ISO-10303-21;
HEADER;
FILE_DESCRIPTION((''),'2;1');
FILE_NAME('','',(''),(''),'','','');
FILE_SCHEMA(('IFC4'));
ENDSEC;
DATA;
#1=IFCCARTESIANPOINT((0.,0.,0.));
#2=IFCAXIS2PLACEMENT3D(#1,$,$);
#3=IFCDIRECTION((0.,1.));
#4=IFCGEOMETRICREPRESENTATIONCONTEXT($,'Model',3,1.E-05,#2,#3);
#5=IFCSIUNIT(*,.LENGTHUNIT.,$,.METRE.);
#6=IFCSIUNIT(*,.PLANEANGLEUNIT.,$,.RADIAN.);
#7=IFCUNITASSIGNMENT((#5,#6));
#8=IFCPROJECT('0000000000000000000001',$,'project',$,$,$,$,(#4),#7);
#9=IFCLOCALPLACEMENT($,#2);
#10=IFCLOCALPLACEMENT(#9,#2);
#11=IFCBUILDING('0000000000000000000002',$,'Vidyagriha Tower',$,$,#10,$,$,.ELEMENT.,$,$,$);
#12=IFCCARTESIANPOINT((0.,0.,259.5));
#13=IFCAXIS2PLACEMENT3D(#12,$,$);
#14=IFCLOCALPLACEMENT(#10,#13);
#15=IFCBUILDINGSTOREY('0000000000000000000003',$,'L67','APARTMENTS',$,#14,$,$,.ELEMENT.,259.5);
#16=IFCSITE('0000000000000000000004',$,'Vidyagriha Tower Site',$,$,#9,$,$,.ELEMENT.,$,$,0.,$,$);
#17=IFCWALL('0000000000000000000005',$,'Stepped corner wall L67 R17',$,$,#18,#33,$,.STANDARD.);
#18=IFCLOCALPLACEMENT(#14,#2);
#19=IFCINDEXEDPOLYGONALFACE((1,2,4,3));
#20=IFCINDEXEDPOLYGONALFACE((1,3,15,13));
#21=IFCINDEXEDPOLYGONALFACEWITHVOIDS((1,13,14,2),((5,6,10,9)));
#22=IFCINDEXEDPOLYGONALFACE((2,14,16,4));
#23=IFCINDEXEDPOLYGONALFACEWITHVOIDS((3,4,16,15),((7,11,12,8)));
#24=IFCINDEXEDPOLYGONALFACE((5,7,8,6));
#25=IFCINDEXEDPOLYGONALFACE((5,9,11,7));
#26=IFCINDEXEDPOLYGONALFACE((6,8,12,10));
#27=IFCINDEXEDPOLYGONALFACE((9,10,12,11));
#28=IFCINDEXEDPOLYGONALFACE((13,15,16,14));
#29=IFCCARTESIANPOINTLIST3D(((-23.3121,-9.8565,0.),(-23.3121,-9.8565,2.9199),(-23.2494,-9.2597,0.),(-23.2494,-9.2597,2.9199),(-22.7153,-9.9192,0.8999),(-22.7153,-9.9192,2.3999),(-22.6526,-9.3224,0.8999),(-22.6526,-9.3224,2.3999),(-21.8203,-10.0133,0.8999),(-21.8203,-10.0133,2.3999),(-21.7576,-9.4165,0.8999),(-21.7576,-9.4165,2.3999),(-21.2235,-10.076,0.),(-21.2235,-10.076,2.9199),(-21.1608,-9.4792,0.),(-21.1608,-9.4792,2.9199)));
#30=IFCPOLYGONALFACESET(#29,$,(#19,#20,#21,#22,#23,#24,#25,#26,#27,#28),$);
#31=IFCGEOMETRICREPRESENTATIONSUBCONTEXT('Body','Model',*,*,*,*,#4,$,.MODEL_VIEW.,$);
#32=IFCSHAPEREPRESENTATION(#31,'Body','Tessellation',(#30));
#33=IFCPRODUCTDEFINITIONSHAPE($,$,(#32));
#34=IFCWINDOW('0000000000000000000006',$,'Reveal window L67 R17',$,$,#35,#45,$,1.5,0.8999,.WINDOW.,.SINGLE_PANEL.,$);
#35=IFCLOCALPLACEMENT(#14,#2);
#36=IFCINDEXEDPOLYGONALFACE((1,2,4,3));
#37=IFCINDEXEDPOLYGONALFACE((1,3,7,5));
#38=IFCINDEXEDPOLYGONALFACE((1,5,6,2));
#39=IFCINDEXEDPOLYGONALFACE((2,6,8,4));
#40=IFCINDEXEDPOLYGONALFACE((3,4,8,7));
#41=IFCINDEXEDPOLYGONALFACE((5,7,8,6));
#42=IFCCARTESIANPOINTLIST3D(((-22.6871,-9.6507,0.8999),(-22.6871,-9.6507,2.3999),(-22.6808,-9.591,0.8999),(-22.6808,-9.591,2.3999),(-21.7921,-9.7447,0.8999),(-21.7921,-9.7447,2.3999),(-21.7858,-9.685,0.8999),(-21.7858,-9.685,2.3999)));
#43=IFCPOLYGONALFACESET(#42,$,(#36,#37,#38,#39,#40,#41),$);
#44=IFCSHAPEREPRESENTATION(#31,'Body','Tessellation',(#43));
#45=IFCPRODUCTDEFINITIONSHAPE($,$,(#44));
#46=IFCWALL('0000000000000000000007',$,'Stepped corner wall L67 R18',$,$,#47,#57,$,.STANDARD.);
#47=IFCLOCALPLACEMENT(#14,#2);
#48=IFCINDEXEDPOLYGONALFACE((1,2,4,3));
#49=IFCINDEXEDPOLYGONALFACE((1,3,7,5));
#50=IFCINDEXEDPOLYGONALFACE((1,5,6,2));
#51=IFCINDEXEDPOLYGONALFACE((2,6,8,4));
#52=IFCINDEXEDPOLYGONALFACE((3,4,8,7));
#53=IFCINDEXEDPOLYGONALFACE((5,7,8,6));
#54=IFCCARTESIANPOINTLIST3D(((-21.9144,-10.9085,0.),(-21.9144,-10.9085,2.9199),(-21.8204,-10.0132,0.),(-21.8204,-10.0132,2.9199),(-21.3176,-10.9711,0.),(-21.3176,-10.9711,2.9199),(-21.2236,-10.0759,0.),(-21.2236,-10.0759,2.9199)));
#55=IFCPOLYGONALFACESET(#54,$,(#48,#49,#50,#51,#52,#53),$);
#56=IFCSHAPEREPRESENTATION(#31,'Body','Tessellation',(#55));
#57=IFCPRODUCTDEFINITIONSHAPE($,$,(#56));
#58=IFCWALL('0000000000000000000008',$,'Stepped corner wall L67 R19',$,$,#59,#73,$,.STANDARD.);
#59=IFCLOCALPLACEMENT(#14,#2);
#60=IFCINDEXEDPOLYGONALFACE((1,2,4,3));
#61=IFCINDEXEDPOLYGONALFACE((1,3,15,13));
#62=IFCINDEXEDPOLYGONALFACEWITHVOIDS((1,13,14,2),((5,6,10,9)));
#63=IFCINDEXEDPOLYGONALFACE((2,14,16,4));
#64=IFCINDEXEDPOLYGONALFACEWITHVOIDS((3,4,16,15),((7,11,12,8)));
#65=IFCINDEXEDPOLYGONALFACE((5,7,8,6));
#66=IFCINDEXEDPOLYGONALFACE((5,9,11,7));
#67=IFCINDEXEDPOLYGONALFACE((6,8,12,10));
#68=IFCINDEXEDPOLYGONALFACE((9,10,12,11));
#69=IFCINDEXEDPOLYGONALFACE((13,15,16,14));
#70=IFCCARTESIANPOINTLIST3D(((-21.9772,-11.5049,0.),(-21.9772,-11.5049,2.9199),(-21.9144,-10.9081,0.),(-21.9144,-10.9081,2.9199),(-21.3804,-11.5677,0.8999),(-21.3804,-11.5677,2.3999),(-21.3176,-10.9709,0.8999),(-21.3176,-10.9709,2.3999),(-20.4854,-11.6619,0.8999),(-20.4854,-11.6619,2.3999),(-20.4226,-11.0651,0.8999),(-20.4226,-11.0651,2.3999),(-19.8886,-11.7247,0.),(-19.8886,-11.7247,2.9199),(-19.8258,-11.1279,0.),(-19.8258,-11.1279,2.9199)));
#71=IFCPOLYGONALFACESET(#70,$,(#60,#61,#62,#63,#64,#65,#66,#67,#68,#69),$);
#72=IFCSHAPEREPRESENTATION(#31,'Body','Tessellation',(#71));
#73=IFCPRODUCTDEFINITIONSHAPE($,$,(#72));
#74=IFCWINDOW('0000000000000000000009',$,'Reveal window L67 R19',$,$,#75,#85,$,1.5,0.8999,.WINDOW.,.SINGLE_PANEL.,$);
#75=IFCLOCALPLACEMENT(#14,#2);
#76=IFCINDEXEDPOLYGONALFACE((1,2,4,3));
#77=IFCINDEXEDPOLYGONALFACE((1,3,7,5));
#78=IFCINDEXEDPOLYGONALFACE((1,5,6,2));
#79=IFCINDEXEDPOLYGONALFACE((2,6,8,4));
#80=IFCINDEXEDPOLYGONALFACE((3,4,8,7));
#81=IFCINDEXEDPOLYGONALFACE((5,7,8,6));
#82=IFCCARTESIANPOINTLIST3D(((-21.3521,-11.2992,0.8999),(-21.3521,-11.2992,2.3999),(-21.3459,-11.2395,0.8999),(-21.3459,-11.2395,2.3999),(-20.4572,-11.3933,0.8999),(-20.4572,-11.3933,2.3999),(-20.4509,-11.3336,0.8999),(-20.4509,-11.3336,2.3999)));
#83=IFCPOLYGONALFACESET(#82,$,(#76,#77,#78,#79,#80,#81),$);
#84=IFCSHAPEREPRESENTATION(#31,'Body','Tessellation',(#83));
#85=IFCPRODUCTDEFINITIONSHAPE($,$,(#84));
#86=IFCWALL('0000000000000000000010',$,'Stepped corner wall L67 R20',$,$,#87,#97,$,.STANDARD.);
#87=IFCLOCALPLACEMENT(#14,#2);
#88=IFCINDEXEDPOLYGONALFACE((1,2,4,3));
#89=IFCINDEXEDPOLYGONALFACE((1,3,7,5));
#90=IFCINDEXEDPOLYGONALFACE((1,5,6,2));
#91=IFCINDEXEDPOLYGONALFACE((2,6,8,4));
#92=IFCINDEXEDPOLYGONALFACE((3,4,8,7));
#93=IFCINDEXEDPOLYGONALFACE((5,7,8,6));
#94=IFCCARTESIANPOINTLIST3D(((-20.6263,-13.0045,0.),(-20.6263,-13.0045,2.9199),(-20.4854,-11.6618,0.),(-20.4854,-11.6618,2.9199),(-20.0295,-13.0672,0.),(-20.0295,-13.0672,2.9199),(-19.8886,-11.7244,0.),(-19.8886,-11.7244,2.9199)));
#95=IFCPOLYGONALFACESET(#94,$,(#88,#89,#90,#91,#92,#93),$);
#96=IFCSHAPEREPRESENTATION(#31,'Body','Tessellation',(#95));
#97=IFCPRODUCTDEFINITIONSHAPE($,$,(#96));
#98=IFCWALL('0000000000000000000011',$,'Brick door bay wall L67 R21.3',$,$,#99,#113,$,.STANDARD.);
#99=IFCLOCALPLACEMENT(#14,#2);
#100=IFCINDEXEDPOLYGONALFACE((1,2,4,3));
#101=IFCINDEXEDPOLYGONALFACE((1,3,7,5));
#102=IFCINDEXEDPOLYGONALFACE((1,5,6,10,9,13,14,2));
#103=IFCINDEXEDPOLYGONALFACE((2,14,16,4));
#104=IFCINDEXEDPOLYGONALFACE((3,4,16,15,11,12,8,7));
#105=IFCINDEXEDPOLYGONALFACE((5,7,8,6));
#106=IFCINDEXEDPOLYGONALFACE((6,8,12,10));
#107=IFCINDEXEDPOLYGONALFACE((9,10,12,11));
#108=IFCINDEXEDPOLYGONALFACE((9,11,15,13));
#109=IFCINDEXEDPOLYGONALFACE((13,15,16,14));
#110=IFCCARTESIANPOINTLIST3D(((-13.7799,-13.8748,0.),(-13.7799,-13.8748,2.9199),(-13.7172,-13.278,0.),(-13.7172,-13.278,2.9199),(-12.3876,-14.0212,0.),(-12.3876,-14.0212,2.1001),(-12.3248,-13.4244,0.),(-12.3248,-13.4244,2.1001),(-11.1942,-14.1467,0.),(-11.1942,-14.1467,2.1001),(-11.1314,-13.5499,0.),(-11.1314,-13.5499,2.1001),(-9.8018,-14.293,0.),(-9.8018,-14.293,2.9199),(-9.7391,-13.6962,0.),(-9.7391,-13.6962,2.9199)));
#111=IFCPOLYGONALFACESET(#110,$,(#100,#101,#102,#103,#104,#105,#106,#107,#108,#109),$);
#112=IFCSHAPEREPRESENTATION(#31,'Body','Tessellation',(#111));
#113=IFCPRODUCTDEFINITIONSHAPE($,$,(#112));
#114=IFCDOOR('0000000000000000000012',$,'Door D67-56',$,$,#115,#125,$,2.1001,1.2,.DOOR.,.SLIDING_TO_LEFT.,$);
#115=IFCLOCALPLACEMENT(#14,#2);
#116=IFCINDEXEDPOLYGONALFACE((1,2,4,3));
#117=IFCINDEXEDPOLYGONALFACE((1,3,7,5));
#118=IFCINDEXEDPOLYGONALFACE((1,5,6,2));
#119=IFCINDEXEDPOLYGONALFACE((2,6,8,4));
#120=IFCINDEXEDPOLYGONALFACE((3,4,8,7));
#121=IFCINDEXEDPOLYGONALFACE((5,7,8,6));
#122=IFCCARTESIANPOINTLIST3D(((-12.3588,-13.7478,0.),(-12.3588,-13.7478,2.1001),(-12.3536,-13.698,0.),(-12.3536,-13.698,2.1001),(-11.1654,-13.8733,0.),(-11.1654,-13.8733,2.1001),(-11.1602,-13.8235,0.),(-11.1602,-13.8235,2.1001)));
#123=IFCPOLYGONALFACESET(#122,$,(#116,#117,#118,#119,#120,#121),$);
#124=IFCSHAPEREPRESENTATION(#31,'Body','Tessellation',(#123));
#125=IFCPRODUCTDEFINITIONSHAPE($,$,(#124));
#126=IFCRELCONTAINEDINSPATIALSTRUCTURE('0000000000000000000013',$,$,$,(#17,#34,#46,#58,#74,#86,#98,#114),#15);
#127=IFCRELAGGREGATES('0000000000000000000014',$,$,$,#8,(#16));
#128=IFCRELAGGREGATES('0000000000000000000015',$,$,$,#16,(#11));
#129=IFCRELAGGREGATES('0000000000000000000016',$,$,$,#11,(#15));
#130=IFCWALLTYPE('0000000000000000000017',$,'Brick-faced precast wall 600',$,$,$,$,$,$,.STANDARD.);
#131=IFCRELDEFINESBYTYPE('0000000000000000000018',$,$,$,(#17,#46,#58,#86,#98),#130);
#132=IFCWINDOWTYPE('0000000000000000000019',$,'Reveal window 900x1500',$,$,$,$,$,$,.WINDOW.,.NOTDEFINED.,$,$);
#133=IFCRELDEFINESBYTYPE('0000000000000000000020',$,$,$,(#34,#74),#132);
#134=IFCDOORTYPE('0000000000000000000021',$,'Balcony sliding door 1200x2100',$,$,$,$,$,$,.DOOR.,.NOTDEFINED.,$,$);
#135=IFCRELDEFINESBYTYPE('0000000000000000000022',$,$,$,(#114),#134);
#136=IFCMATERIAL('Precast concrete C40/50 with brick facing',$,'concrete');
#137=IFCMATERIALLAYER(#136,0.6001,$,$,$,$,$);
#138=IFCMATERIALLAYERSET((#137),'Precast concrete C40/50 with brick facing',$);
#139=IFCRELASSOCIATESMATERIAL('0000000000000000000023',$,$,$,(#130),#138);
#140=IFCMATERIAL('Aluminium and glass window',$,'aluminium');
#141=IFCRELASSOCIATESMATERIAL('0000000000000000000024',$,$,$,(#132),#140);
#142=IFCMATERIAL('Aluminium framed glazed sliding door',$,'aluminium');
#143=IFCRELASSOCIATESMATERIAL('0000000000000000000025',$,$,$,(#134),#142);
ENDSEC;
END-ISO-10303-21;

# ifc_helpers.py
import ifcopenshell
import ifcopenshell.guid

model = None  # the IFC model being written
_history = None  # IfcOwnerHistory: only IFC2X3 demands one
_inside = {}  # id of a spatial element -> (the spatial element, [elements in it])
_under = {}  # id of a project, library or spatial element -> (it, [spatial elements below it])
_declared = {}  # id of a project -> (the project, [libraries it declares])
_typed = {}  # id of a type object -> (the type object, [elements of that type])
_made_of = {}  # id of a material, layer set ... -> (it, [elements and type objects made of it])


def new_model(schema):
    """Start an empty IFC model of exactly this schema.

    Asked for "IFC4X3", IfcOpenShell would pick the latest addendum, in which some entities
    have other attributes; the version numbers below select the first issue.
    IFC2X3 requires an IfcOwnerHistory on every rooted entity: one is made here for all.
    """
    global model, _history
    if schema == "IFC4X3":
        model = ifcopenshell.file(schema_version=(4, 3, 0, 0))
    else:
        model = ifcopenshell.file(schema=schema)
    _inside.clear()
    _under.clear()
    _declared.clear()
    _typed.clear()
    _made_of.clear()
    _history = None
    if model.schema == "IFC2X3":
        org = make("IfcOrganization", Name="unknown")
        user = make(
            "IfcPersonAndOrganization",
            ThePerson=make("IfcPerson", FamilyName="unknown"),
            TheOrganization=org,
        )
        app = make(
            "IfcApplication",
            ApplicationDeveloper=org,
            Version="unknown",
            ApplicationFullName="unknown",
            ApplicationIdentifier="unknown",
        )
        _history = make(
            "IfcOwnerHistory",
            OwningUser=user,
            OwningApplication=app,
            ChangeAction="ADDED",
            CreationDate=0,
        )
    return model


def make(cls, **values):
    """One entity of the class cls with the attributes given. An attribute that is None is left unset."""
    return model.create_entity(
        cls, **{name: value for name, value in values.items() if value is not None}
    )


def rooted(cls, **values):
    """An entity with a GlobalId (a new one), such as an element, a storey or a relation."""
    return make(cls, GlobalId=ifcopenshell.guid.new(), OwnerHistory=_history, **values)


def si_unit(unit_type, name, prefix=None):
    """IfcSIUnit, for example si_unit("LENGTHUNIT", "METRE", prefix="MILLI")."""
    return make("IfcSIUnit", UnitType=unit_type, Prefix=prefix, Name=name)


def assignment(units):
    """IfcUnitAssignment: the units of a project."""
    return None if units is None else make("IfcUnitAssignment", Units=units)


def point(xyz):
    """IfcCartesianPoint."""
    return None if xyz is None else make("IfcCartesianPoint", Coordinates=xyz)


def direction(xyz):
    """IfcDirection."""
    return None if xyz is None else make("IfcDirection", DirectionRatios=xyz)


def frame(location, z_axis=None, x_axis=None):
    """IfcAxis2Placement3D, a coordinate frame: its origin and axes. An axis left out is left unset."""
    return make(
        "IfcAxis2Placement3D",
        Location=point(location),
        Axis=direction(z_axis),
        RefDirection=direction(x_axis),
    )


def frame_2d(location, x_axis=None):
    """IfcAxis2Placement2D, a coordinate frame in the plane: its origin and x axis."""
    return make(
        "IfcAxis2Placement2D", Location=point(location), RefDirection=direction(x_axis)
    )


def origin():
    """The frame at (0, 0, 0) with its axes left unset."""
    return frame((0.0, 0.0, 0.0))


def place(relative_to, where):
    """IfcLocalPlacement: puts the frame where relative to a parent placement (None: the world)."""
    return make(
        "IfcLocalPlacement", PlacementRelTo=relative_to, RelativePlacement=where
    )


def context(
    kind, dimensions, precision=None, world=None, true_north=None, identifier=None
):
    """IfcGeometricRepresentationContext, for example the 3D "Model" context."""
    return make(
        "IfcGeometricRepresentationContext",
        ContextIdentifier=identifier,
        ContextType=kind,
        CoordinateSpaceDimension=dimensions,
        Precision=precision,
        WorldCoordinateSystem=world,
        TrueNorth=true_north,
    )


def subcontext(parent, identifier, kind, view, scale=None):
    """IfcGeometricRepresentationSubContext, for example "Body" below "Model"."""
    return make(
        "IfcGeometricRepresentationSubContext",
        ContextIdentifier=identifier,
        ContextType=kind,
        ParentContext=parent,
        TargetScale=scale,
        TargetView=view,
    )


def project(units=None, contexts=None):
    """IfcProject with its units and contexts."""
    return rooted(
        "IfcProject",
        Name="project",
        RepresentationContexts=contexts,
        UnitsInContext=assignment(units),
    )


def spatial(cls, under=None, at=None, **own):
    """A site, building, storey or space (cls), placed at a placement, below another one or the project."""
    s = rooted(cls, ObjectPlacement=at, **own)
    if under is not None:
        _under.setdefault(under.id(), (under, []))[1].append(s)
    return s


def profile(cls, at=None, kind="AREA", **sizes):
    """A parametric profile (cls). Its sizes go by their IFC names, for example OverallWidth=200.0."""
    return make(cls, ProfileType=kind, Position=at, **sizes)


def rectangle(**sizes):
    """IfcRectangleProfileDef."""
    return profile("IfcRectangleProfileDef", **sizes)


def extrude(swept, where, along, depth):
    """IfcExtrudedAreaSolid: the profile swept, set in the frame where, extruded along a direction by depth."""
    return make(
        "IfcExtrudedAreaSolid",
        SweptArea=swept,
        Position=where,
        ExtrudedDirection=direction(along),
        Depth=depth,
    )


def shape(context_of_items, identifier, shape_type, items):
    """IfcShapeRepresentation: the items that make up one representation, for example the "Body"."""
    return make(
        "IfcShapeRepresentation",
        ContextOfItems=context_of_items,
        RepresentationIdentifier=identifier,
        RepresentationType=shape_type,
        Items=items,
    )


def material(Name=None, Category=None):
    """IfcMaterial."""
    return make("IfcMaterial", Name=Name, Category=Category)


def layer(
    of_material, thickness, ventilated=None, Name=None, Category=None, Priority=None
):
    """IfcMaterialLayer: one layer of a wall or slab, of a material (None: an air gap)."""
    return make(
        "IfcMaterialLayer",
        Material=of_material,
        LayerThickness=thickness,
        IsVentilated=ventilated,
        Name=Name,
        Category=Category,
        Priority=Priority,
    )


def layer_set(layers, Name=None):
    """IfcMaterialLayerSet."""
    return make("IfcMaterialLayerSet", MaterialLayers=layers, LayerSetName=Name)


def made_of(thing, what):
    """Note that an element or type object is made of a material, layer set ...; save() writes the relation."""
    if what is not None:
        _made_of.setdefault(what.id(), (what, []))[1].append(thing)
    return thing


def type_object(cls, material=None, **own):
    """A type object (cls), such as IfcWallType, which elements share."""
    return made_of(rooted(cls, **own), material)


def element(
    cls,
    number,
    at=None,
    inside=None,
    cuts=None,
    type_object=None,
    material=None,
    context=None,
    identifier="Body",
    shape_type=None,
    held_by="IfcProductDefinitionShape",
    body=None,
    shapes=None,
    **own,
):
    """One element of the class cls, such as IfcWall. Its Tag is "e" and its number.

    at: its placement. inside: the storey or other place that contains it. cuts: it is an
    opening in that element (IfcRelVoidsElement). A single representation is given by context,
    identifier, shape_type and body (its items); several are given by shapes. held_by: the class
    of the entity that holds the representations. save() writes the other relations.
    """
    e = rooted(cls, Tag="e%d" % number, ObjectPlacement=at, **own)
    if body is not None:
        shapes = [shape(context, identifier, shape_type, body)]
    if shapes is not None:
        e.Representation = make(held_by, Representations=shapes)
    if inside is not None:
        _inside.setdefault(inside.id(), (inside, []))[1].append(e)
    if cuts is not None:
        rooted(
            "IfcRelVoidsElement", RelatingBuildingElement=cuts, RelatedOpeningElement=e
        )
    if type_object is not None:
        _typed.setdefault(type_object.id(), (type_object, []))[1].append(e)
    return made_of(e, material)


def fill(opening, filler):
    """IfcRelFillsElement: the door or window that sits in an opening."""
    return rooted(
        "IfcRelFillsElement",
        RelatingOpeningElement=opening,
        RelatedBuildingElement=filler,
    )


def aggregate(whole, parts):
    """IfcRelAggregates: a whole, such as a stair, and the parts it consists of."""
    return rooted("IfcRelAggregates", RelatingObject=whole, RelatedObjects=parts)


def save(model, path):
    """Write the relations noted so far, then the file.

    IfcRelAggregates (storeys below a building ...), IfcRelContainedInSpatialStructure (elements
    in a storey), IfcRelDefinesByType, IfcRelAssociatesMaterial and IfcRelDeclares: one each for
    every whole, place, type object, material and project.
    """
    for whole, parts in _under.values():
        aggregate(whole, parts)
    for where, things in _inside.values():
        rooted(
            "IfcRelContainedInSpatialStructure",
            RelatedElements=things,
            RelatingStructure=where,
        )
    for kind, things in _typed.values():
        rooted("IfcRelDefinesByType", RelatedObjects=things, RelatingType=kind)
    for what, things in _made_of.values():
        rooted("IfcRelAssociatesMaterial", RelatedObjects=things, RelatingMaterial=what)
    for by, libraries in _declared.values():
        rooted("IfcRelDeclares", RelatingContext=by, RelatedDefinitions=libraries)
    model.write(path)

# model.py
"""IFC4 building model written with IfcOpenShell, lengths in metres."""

from ifc_helpers import new_model, si_unit, direction, frame, frame_2d, origin, place, context, subcontext, project, spatial, rectangle, extrude, material, layer, layer_set, type_object, element, fill, save


model = new_model("IFC4")

# Units and contexts
model_context = context("Model", 3, precision=1e-05, world=origin(), true_north=direction((0.0, 1.0)))
body_context = subcontext(model_context, "Body", "Model", "MODEL_VIEW")
ifc_project = project(units=[si_unit("LENGTHUNIT", "METRE"), si_unit("PLANEANGLEUNIT", "RADIAN")], contexts=[model_context])

# Site, building, storey
site_placement = place(None, origin())
site = spatial("IfcSite", under=ifc_project, at=site_placement, Name="Vidyagriha Tower Site", CompositionType="ELEMENT", RefElevation=0.0)
building_placement = place(site_placement, origin())
building = spatial("IfcBuilding", under=site, at=building_placement, Name="Vidyagriha Tower", CompositionType="ELEMENT")
storey_placement = place(building_placement, frame((0.0, 0.0, 259.5)))
storey = spatial("IfcBuildingStorey", under=building, at=storey_placement, Name="L67", Description="APARTMENTS", CompositionType="ELEMENT", Elevation=259.5)

# Wall, opening, window
ifc_material_1 = material(Name="Precast concrete C40/50 with brick facing", Category="concrete")
ifc_layer_1 = layer(ifc_material_1, 0.6001)
ifc_layer_set_1 = layer_set([ifc_layer_1], Name="Precast concrete C40/50 with brick facing")
wall_type = type_object("IfcWallType", Name="Brick-faced precast wall 600", PredefinedType="STANDARD", material=ifc_layer_set_1)
wall_1_placement = place(storey_placement, frame((-23.2808, -9.5581, 0.0), z_axis=(0.0, 0.0, 1.0), x_axis=(0.994524, -0.104509, 0.0)))
wall_1 = element("IfcWall", 1, at=wall_1_placement, inside=storey, type_object=wall_type, Name="Stepped corner wall L67 R17", PredefinedType="STANDARD", context=body_context, shape_type="SweptSolid", body=[
    extrude(rectangle(XDim=2.1001, YDim=0.6001, at=frame_2d((1.05, 0.0))), origin(), (0.0, 0.0, 1.0), 2.9199),
])
opening_1_placement = place(wall_1_placement, frame((0.6001, 0.0, 0.8999)))
opening_1 = element("IfcOpeningElement", 2, at=opening_1_placement, cuts=wall_1, PredefinedType="OPENING", context=body_context, shape_type="SweptSolid", body=[
    extrude(rectangle(XDim=0.8999, YDim=1.5, at=frame_2d((0.45, 0.75))), frame((0.0, 0.3101, 0.0), z_axis=(0.0, -1.0, 0.0), x_axis=(1.0, 0.0, 0.0)), (0.0, 0.0, 1.0), 0.6201),
])
ifc_material_2 = material(Name="Aluminium and glass window", Category="aluminium")
window_type = type_object("IfcWindowType", Name="Reveal window 900x1500", PartitioningType="NOTDEFINED", PredefinedType="WINDOW", material=ifc_material_2)
window_1_placement = place(opening_1_placement, origin())
window_1 = element("IfcWindow", 3, at=window_1_placement, inside=storey, type_object=window_type, Name="Reveal window L67 R17", OverallHeight=1.5, OverallWidth=0.8999, PartitioningType="SINGLE_PANEL", PredefinedType="WINDOW", context=body_context, shape_type="SweptSolid", body=[
    extrude(rectangle(XDim=0.8999, YDim=1.5, at=frame_2d((0.45, 0.75))), frame((0.0, 0.03, 0.0), z_axis=(0.0, -1.0, 0.0), x_axis=(1.0, 0.0, 0.0)), (0.0, 0.0, 1.0), 0.0601),
])
fill(opening_1, window_1)

# Wall
wall_2_placement = place(storey_placement, frame((-21.522, -10.0444, 0.0), z_axis=(0.0, 0.0, 1.0), x_axis=(-0.104417, -0.994534, 0.0)))
element("IfcWall", 4, at=wall_2_placement, inside=storey, type_object=wall_type, Name="Stepped corner wall L67 R18", PredefinedType="STANDARD", context=body_context, shape_type="SweptSolid", body=[
    extrude(rectangle(XDim=0.9001, YDim=0.6001, at=frame_2d((0.4502, 0.0))), origin(), (0.0, 0.0, 1.0), 2.9199),
])

# Wall, opening, window
wall_3_placement = place(storey_placement, frame((-21.9458, -11.2065, 0.0), z_axis=(0.0, 0.0, 1.0), x_axis=(0.994512, -0.104624, 0.0)))
wall_3 = element("IfcWall", 5, at=wall_3_placement, inside=storey, type_object=wall_type, Name="Stepped corner wall L67 R19", PredefinedType="STANDARD", context=body_context, shape_type="SweptSolid", body=[
    extrude(rectangle(XDim=2.1001, YDim=0.6001, at=frame_2d((1.05, 0.0))), origin(), (0.0, 0.0, 1.0), 2.9199),
])
opening_2_placement = place(wall_3_placement, frame((0.6001, 0.0, 0.8999)))
opening_2 = element("IfcOpeningElement", 6, at=opening_2_placement, cuts=wall_3, PredefinedType="OPENING", context=body_context, shape_type="SweptSolid", body=[
    extrude(rectangle(XDim=0.8999, YDim=1.5, at=frame_2d((0.45, 0.75))), frame((0.0, 0.3101, 0.0), z_axis=(0.0, -1.0, 0.0), x_axis=(1.0, 0.0, 0.0)), (0.0, 0.0, 1.0), 0.6201),
])
window_2_placement = place(opening_2_placement, origin())
window_2 = element("IfcWindow", 7, at=window_2_placement, inside=storey, type_object=window_type, Name="Reveal window L67 R19", OverallHeight=1.5, OverallWidth=0.8999, PartitioningType="SINGLE_PANEL", PredefinedType="WINDOW", context=body_context, shape_type="SweptSolid", body=[
    extrude(rectangle(XDim=0.8999, YDim=1.5, at=frame_2d((0.45, 0.75))), frame((0.0, 0.03, 0.0), z_axis=(0.0, -1.0, 0.0), x_axis=(1.0, 0.0, 0.0)), (0.0, 0.0, 1.0), 0.0601),
])
fill(opening_2, window_2)

# Wall
wall_4_placement = place(storey_placement, frame((-20.187, -11.6931, 0.0), z_axis=(0.0, 0.0, 1.0), x_axis=(-0.104337, -0.994542, 0.0)))
element("IfcWall", 8, at=wall_4_placement, inside=storey, type_object=wall_type, Name="Stepped corner wall L67 R20", PredefinedType="STANDARD", context=body_context, shape_type="SweptSolid", body=[
    extrude(rectangle(XDim=1.3501, YDim=0.6001, at=frame_2d((0.675, 0.0))), origin(), (0.0, 0.0, 1.0), 2.9199),
])

# Wall, opening, door
wall_5_placement = place(storey_placement, frame((-13.7485, -13.5764, 0.0), z_axis=(0.0, 0.0, 1.0), x_axis=(0.994519, -0.104555, 0.0)))
wall_5 = element("IfcWall", 9, at=wall_5_placement, inside=storey, type_object=wall_type, Name="Brick door bay wall L67 R21.3", PredefinedType="STANDARD", context=body_context, shape_type="SweptSolid", body=[
    extrude(rectangle(XDim=4.0, YDim=0.6001, at=frame_2d((2.0, 0.0))), origin(), (0.0, 0.0, 1.0), 2.9199),
])
opening_3_placement = place(wall_5_placement, frame((1.3999, 0.0, 0.0)))
opening_3 = element("IfcOpeningElement", 10, at=opening_3_placement, cuts=wall_5, PredefinedType="OPENING", context=body_context, shape_type="SweptSolid", body=[
    extrude(rectangle(XDim=1.2, YDim=2.1001, at=frame_2d((0.6001, 1.05))), frame((0.0, 0.3101, 0.0), z_axis=(0.0, -1.0, 0.0), x_axis=(1.0, 0.0, 0.0)), (0.0, 0.0, 1.0), 0.6201),
])
ifc_material_3 = material(Name="Aluminium framed glazed sliding door", Category="aluminium")
door_type = type_object("IfcDoorType", Name="Balcony sliding door 1200x2100", OperationType="NOTDEFINED", PredefinedType="DOOR", material=ifc_material_3)
door_placement = place(opening_3_placement, origin())
door = element("IfcDoor", 11, at=door_placement, inside=storey, type_object=door_type, Name="Door D67-56", OperationType="SLIDING_TO_LEFT", OverallHeight=2.1001, OverallWidth=1.2, PredefinedType="DOOR", context=body_context, shape_type="SweptSolid", body=[
    extrude(rectangle(XDim=1.2, YDim=2.1001, at=frame_2d((0.6001, 1.05))), frame((0.0, 0.0249, 0.0), z_axis=(0.0, -1.0, 0.0), x_axis=(1.0, 0.0, 0.0)), (0.0, 0.0, 1.0), 0.05),
])
fill(opening_3, door)

save(model, "model.ifc")
